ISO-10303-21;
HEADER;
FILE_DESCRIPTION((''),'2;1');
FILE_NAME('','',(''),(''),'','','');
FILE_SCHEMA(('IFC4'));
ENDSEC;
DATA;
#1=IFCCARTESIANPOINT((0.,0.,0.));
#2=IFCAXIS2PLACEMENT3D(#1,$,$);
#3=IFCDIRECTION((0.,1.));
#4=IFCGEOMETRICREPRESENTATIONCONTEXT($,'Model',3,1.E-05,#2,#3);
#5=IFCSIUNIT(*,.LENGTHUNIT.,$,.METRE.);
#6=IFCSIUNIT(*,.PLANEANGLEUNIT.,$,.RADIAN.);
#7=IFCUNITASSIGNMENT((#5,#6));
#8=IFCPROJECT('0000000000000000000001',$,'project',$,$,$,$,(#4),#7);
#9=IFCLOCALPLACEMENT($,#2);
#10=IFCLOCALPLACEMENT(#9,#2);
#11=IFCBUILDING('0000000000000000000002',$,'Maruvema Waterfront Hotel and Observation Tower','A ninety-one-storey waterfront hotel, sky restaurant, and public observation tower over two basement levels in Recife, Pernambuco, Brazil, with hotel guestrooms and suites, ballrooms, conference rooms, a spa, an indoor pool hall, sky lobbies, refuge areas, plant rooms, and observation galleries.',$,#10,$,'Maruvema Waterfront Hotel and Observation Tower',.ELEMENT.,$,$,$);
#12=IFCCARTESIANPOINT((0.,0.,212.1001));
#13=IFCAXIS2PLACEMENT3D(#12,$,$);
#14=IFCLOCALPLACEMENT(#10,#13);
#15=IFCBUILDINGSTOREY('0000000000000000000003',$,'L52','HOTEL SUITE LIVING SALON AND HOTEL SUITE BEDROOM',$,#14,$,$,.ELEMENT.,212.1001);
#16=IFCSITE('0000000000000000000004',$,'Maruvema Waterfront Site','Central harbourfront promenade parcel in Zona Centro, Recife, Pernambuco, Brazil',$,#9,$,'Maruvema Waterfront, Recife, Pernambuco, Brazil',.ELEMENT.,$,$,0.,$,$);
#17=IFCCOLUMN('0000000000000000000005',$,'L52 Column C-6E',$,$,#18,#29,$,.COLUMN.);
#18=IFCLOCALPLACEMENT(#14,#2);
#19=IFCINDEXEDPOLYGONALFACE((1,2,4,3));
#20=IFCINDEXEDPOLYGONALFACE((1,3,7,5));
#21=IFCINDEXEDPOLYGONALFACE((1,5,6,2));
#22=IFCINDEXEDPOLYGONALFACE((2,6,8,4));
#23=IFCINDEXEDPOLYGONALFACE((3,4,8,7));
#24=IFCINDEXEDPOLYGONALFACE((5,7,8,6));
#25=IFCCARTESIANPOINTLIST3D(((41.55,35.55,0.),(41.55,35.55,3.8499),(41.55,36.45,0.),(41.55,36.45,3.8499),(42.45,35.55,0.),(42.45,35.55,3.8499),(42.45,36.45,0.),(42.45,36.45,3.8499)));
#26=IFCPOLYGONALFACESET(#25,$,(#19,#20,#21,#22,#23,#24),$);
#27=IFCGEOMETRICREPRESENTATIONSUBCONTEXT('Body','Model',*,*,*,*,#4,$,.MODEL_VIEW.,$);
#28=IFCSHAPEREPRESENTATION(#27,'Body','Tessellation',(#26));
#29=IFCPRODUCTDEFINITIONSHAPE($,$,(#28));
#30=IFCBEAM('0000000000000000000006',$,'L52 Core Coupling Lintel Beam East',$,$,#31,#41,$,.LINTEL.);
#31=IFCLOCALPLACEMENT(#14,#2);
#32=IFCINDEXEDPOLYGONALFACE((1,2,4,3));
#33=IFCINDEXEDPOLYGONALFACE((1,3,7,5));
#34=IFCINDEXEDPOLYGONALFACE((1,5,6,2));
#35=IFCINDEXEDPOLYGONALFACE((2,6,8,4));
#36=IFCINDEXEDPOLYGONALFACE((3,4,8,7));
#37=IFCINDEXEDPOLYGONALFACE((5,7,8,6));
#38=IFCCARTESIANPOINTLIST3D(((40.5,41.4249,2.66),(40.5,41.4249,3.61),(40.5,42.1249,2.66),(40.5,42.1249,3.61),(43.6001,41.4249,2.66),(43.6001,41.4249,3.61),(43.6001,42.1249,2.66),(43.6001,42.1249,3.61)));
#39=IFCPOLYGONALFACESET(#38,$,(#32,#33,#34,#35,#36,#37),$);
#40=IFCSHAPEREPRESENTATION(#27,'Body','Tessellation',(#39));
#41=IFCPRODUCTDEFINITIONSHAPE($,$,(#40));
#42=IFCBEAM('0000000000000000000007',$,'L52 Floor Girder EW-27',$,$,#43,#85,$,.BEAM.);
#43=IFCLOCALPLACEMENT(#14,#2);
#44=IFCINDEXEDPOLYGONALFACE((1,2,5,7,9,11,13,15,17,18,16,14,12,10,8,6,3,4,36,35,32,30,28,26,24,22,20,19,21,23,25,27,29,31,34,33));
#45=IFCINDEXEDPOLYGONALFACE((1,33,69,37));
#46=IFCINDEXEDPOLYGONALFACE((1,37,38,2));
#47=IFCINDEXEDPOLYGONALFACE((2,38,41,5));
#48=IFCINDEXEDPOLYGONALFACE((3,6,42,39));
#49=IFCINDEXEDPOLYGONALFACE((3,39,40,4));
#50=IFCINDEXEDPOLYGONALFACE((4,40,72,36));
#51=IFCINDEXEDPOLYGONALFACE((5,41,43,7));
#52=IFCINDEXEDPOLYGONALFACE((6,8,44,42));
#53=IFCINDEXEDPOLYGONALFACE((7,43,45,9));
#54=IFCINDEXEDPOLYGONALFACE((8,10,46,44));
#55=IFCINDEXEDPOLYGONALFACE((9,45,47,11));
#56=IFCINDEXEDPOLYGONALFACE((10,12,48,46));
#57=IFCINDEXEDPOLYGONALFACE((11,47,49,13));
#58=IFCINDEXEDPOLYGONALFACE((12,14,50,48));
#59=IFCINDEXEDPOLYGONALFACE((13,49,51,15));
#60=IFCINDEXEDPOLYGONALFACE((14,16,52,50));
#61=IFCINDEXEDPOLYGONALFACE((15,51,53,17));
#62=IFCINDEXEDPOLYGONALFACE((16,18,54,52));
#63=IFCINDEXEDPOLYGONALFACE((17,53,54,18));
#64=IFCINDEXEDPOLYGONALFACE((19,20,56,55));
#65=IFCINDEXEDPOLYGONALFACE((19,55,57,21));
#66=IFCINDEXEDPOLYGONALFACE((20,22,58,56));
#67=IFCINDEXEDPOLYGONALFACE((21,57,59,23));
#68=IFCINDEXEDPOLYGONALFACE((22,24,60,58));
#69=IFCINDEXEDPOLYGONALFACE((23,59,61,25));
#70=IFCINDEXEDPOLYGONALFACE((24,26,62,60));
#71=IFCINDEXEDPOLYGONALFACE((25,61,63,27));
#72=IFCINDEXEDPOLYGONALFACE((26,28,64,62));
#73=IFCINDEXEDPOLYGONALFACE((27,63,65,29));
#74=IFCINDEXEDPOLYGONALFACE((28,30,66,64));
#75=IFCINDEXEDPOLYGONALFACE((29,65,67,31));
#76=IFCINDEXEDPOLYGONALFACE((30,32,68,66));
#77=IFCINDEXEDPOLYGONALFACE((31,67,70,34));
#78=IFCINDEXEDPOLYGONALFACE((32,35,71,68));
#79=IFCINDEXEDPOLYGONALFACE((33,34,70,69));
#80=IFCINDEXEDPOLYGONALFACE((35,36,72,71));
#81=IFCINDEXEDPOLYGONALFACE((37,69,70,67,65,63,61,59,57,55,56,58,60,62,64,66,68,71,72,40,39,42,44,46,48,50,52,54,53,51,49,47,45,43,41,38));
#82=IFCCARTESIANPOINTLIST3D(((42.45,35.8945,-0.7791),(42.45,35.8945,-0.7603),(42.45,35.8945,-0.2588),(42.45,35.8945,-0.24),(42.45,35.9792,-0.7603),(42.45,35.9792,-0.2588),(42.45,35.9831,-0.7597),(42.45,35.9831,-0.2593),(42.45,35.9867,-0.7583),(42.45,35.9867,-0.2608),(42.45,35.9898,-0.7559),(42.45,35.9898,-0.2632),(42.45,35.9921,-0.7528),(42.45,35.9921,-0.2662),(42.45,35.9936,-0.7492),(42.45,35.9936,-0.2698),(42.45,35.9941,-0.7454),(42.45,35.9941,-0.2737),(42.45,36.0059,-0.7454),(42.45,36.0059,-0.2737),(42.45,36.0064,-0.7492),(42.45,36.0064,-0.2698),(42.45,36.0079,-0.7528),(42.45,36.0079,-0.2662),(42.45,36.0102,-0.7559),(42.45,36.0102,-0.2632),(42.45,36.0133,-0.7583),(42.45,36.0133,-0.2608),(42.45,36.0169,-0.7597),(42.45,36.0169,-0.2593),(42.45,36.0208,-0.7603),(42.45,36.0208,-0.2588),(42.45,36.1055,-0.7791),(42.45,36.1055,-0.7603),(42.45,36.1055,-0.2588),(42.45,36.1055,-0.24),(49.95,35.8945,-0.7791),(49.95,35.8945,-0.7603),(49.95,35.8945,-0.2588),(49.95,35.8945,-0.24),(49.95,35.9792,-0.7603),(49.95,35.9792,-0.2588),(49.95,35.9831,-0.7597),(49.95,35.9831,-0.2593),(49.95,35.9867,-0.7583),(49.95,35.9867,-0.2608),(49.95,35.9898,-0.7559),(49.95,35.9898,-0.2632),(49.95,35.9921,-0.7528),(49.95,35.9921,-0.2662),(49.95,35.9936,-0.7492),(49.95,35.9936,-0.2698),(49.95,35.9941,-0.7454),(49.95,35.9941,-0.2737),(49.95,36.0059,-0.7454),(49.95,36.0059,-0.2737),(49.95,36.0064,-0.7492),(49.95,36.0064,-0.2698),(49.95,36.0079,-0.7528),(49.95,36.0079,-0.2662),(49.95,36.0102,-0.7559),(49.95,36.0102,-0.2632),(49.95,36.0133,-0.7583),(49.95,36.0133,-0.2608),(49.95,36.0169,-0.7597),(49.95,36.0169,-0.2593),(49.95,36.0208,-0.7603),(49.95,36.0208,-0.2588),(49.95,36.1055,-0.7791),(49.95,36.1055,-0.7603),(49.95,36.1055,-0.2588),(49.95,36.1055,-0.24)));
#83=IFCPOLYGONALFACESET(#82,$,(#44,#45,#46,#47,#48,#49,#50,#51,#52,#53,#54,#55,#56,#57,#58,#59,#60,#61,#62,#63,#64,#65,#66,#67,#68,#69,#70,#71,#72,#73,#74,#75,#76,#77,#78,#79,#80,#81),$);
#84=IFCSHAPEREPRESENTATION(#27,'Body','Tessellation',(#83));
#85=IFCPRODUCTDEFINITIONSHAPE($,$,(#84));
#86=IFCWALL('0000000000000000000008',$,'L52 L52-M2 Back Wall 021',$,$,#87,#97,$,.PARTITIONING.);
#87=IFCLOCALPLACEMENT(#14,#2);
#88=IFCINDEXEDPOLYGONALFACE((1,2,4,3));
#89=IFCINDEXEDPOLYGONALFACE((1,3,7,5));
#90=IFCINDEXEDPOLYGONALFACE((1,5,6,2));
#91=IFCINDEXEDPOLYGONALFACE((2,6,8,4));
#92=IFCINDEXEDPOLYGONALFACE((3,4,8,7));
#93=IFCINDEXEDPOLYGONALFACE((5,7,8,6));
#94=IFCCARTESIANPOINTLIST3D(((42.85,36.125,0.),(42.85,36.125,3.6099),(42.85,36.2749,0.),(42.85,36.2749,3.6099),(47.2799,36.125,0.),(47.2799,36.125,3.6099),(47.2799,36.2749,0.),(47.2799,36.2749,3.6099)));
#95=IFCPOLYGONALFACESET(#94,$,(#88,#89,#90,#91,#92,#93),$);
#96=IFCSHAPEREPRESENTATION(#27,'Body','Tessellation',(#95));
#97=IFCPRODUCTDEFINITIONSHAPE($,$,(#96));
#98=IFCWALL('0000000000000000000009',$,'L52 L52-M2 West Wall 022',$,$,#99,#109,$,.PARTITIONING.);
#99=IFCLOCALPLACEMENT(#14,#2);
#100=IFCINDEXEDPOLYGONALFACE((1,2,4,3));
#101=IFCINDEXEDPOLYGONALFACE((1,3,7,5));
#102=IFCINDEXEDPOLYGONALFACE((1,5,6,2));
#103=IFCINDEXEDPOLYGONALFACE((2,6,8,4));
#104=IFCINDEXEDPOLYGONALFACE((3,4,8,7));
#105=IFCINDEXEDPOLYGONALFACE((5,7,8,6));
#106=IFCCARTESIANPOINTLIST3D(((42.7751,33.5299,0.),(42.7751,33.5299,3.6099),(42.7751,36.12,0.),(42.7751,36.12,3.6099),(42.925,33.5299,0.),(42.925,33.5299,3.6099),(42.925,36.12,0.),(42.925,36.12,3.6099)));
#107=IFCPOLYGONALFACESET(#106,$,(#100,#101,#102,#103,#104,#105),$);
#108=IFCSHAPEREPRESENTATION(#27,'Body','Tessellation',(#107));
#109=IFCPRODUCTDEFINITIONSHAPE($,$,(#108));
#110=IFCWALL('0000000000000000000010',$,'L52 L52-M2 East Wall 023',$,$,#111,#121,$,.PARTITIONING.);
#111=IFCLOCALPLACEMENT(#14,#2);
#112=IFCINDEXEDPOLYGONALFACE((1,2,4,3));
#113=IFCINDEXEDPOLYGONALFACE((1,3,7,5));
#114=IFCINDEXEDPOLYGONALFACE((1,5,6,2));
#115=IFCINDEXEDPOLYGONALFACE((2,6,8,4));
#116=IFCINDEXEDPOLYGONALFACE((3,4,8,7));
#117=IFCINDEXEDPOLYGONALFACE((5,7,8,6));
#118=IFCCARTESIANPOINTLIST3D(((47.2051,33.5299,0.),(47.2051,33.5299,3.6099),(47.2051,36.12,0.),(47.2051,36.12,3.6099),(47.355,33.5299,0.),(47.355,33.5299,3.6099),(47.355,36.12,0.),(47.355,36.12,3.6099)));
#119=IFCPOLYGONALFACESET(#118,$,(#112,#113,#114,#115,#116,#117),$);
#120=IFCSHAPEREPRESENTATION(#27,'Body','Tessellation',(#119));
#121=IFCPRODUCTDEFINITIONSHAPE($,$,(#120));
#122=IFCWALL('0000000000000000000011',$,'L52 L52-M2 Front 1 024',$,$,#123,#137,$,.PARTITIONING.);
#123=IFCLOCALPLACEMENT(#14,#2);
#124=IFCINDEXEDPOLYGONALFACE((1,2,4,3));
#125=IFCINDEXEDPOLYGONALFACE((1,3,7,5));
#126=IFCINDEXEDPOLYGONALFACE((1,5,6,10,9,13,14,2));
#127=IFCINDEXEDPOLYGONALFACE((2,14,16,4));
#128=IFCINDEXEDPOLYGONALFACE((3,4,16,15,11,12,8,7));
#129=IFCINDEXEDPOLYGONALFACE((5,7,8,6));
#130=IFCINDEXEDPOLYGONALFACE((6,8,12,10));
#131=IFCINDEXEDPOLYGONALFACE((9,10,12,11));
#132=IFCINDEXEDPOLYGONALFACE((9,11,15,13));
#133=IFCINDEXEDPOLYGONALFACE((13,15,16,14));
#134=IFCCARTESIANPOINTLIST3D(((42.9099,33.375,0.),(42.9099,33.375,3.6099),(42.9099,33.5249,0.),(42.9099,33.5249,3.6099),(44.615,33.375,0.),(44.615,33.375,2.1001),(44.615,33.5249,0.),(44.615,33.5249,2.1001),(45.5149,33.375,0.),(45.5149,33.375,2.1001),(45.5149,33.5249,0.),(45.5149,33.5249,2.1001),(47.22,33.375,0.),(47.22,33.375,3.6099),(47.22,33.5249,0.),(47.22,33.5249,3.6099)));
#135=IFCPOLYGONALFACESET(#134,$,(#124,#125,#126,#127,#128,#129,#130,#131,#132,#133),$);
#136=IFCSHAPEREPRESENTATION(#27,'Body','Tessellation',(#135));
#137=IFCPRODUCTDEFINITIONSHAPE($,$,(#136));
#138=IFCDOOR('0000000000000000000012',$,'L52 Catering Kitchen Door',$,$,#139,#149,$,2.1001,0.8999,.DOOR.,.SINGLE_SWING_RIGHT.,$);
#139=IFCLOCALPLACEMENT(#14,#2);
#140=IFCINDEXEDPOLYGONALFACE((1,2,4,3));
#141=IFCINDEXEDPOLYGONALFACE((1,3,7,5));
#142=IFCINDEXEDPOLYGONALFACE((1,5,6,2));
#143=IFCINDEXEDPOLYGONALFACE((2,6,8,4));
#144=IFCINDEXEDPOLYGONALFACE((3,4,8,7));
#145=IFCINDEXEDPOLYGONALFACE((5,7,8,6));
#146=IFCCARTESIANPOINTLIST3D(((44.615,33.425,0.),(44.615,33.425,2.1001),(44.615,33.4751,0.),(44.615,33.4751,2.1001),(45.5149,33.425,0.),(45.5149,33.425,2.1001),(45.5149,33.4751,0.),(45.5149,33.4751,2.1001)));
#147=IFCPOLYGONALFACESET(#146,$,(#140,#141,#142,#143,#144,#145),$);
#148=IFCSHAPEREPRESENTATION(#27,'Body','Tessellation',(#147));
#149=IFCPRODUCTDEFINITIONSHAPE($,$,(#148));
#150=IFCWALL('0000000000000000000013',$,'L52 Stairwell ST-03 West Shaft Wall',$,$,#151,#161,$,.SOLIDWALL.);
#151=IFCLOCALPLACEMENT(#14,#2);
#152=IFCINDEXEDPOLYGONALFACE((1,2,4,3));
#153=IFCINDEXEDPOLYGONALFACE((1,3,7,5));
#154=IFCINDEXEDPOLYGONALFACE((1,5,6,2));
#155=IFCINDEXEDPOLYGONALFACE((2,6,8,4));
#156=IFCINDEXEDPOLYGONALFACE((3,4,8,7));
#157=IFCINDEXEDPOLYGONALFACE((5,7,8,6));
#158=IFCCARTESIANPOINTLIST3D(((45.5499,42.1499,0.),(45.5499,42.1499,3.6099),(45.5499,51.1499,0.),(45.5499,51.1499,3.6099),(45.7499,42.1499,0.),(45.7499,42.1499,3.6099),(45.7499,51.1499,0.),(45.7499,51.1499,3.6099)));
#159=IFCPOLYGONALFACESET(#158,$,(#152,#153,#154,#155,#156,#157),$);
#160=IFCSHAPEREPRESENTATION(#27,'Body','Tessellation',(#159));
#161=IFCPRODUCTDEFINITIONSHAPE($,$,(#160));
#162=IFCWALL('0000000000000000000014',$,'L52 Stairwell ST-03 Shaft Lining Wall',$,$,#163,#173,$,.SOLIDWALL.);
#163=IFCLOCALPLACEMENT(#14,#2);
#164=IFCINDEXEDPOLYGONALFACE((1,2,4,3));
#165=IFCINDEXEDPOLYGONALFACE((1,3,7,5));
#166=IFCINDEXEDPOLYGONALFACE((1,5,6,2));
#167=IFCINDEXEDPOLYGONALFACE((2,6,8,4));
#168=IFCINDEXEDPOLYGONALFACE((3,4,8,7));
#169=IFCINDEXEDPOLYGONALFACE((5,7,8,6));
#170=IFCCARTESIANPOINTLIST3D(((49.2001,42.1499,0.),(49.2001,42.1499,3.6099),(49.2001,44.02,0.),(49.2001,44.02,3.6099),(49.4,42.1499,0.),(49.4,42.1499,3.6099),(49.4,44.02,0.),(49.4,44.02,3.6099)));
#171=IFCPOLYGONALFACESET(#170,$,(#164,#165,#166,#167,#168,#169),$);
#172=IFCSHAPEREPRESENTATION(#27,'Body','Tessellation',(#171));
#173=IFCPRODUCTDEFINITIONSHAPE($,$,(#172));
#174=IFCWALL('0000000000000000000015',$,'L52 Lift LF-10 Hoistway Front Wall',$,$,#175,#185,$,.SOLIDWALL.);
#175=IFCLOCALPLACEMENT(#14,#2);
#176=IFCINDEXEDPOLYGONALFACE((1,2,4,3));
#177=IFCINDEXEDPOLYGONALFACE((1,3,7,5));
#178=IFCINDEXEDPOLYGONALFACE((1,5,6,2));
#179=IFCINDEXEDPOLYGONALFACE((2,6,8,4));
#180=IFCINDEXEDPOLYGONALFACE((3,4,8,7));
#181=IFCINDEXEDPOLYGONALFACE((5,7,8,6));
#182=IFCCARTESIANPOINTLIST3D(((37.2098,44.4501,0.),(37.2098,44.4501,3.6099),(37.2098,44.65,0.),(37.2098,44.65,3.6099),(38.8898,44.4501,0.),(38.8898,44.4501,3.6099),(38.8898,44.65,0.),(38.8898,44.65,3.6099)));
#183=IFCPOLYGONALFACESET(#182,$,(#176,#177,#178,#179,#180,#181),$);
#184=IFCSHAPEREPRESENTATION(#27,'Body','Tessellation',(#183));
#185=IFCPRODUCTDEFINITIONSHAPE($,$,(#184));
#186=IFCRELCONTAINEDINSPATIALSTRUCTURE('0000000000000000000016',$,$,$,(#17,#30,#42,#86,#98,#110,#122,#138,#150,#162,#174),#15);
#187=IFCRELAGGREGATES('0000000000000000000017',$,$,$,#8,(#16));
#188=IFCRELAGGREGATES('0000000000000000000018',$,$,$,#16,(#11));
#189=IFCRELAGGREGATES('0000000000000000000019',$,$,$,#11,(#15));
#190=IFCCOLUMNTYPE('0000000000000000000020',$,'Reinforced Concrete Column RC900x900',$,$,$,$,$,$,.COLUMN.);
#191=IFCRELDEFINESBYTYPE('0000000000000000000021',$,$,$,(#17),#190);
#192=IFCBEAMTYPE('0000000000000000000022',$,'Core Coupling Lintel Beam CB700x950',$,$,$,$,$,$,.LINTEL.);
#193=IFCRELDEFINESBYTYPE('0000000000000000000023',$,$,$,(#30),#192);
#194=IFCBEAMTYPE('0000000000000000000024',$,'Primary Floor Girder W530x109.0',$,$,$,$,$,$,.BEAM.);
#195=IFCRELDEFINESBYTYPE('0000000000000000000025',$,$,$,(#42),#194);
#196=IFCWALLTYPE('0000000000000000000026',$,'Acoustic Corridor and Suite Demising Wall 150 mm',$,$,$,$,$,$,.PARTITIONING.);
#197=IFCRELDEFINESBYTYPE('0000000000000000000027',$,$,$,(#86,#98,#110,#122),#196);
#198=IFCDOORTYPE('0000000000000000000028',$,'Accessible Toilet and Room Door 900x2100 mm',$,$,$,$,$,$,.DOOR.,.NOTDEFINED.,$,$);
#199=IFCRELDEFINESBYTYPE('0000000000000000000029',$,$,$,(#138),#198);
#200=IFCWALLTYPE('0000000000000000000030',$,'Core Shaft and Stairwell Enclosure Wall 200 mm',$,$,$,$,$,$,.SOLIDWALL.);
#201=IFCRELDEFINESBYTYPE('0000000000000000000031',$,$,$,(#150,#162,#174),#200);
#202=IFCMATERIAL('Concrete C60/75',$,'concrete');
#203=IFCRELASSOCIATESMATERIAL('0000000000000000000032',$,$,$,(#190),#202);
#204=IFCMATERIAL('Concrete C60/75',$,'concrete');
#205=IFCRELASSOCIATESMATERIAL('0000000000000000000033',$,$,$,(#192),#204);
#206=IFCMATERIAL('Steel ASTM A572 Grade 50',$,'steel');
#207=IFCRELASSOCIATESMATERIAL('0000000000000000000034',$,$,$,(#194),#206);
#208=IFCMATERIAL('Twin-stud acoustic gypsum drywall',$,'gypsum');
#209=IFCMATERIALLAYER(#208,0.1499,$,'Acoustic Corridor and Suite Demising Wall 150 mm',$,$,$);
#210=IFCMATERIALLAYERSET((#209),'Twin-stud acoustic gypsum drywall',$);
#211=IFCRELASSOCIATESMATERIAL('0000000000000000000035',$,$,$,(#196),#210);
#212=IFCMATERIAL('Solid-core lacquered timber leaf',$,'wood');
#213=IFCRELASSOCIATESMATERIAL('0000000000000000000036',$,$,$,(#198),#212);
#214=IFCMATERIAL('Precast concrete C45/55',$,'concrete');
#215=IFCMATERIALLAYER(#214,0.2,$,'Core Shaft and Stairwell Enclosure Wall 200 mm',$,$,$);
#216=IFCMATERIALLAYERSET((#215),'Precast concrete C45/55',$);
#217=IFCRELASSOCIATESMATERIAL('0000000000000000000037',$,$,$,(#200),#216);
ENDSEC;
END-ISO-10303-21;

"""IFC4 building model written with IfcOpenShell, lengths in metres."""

from ifc_helpers import new_model, si_unit, direction, frame, frame_2d, origin, origin_2d, place, context, subcontext, project, spatial, rectangle, i_section, extrude, material, layer, layer_set, material_profile, profile_set, type_object, element, fill, save


model = new_model("IFC4")

# Units and contexts
model_context = context("Model", 3, precision=1e-05, world=origin(), true_north=direction((0.0, 1.0)))
body_context = subcontext(model_context, "Body", "Model", "MODEL_VIEW")
ifc_project = project(units=[si_unit("LENGTHUNIT", "METRE"), si_unit("PLANEANGLEUNIT", "RADIAN")], contexts=[model_context])

# Site, building, storey
site_placement = place(None, origin())
site = spatial("IfcSite", under=ifc_project, at=site_placement, Name="Maruvema Waterfront Site", Description="Central harbourfront promenade parcel in Zona Centro, Recife, Pernambuco, Brazil", LongName="Maruvema Waterfront, Recife, Pernambuco, Brazil", CompositionType="ELEMENT", RefElevation=0.0)
building_placement = place(site_placement, origin())
building = spatial("IfcBuilding", under=site, at=building_placement, Name="Maruvema Waterfront Hotel and Observation Tower", Description="A ninety-one-storey waterfront hotel, sky restaurant, and public observation tower over two basement levels in Recife, Pernambuco, Brazil, with hotel guestrooms and suites, ballrooms, conference rooms, a spa, an indoor pool hall, sky lobbies, refuge areas, plant rooms, and observation galleries.", LongName="Maruvema Waterfront Hotel and Observation Tower", CompositionType="ELEMENT")
storey_placement = place(building_placement, frame((0.0, 0.0, 212.1001)))
storey = spatial("IfcBuildingStorey", under=building, at=storey_placement, Name="L52", Description="HOTEL SUITE LIVING SALON AND HOTEL SUITE BEDROOM", CompositionType="ELEMENT", Elevation=212.1001)

# Column
ifc_material_1 = material(Name="Concrete C60/75", Category="concrete")
ifc_material_profile_1 = material_profile(ifc_material_1, rectangle(XDim=0.8999, YDim=0.8999, at=origin_2d()), Name="RC900x900")
ifc_profile_set_1 = profile_set([ifc_material_profile_1], Name="Concrete C60/75")
column_type = type_object("IfcColumnType", Name="Reinforced Concrete Column RC900x900", PredefinedType="COLUMN", material=ifc_profile_set_1)
column_placement = place(storey_placement, frame((42.0, 36.0, 0.0), z_axis=(0.0, 0.0, 1.0), x_axis=(1.0, 0.0, 0.0)))
element("IfcColumn", 1, at=column_placement, inside=storey, type_object=column_type, Name="L52 Column C-6E", PredefinedType="COLUMN", context=body_context, shape_type="SweptSolid", body=[
    extrude(rectangle(XDim=0.8999, YDim=0.8999, at=origin_2d()), origin(), (0.0, 0.0, 1.0), 3.8499),
])

# Beams
ifc_material_2 = material(Name="Concrete C60/75", Category="concrete")
ifc_material_profile_2 = material_profile(ifc_material_2, rectangle(XDim=0.7, YDim=0.95, at=origin_2d()), Name="CB700x950")
ifc_profile_set_2 = profile_set([ifc_material_profile_2], Name="Concrete C60/75")
beam_type_1 = type_object("IfcBeamType", Name="Core Coupling Lintel Beam CB700x950", PredefinedType="LINTEL", material=ifc_profile_set_2)
beam_1_placement = place(storey_placement, frame((40.5, 41.7749, 3.135), z_axis=(1.0, 0.0, 0.0), x_axis=(0.0, 1.0, 0.0)))
element("IfcBeam", 2, at=beam_1_placement, inside=storey, type_object=beam_type_1, Name="L52 Core Coupling Lintel Beam East", PredefinedType="LINTEL", context=body_context, shape_type="SweptSolid", body=[
    extrude(rectangle(XDim=0.7, YDim=0.95, at=origin_2d()), origin(), (0.0, 0.0, 1.0), 3.1001),
])
ifc_material_3 = material(Name="Steel ASTM A572 Grade 50", Category="steel")
ifc_material_profile_3 = material_profile(ifc_material_3, i_section(OverallWidth=0.2109, OverallDepth=0.5391, WebThickness=0.0117, FlangeThickness=0.0188, FilletRadius=0.0149, at=origin_2d()), Name="W530x109.0")
ifc_profile_set_3 = profile_set([ifc_material_profile_3], Name="Steel ASTM A572 Grade 50")
beam_type_2 = type_object("IfcBeamType", Name="Primary Floor Girder W530x109.0", PredefinedType="BEAM", material=ifc_profile_set_3)
beam_2_placement = place(storey_placement, frame((42.45, 36.0, -0.5095), z_axis=(1.0, 0.0, 0.0), x_axis=(0.0, 1.0, 0.0)))
element("IfcBeam", 3, at=beam_2_placement, inside=storey, type_object=beam_type_2, Name="L52 Floor Girder EW-27", PredefinedType="BEAM", context=body_context, shape_type="SweptSolid", body=[
    extrude(i_section(OverallWidth=0.2109, OverallDepth=0.5391, WebThickness=0.0117, FlangeThickness=0.0188, FilletRadius=0.0149, at=origin_2d()), origin(), (0.0, 0.0, 1.0), 7.5),
])

# Walls
ifc_material_4 = material(Name="Twin-stud acoustic gypsum drywall", Category="gypsum")
ifc_layer_1 = layer(ifc_material_4, 0.1499, Name="Acoustic Corridor and Suite Demising Wall 150 mm")
ifc_layer_set_1 = layer_set([ifc_layer_1], Name="Twin-stud acoustic gypsum drywall")
wall_type_1 = type_object("IfcWallType", Name="Acoustic Corridor and Suite Demising Wall 150 mm", PredefinedType="PARTITIONING", material=ifc_layer_set_1)
wall_1_placement = place(storey_placement, frame((42.8501, 36.2, 0.0), z_axis=(0.0, 0.0, 1.0), x_axis=(1.0, 0.0, 0.0)))
element("IfcWall", 4, at=wall_1_placement, inside=storey, type_object=wall_type_1, Name="L52 L52-M2 Back Wall 021", PredefinedType="PARTITIONING", context=body_context, shape_type="SweptSolid", body=[
    extrude(rectangle(XDim=4.4299, YDim=0.1499, at=frame_2d((2.2148, 0.0))), origin(), (0.0, 0.0, 1.0), 3.6099),
])
for number, where, z_axis, x_axis, name in (
    (5, (42.8501, 33.53, 0.0), (0.0, 0.0, 1.0), (0.0, 1.0, 0.0), "L52 L52-M2 West Wall 022"),
    (6, (47.28, 33.53, 0.0), (0.0, 0.0, 1.0), (0.0, 1.0, 0.0), "L52 L52-M2 East Wall 023"),
):
    element("IfcWall", number, at=place(storey_placement, frame(where, z_axis=z_axis, x_axis=x_axis)), inside=storey, type_object=wall_type_1, Name=name, PredefinedType="PARTITIONING", context=body_context, shape_type="SweptSolid", body=[
        extrude(rectangle(XDim=2.5901, YDim=0.1499, at=frame_2d((1.2949, 0.0))), origin(), (0.0, 0.0, 1.0), 3.6099),
    ])

# Wall, opening, door
wall_2_placement = place(storey_placement, frame((42.9099, 33.45, 0.0), z_axis=(0.0, 0.0, 1.0), x_axis=(1.0, 0.0, 0.0)))
wall_2 = element("IfcWall", 7, at=wall_2_placement, inside=storey, type_object=wall_type_1, Name="L52 L52-M2 Front 1 024", PredefinedType="PARTITIONING", context=body_context, shape_type="SweptSolid", body=[
    extrude(rectangle(XDim=4.3101, YDim=0.1499, at=frame_2d((2.155, 0.0))), origin(), (0.0, 0.0, 1.0), 3.6099),
])
opening_1_placement = place(wall_2_placement, frame((1.7051, 0.0, 0.0)))
opening_1 = element("IfcOpeningElement", 8, at=opening_1_placement, cuts=wall_2, PredefinedType="OPENING", context=body_context, shape_type="SweptSolid", body=[
    extrude(rectangle(XDim=0.8999, YDim=2.1001, at=frame_2d((0.45, 1.05))), frame((0.0, 0.085, 0.0), z_axis=(0.0, -1.0, 0.0), x_axis=(1.0, 0.0, 0.0)), (0.0, 0.0, 1.0), 0.1699),
])
ifc_material_5 = material(Name="Solid-core lacquered timber leaf", Category="wood")
door_type_1 = type_object("IfcDoorType", Name="Accessible Toilet and Room Door 900x2100 mm", OperationType="NOTDEFINED", PredefinedType="DOOR", material=ifc_material_5)
door_1_placement = place(opening_1_placement, frame((0.8999, 0.0, 0.0), z_axis=(0.0, 0.0, 1.0), x_axis=(-1.0, 0.0, 0.0)))
door_1 = element("IfcDoor", 9, at=door_1_placement, inside=storey, type_object=door_type_1, Name="L52 Catering Kitchen Door", OperationType="SINGLE_SWING_RIGHT", OverallHeight=2.1001, OverallWidth=0.8999, PredefinedType="DOOR", context=body_context, shape_type="SweptSolid", body=[
    extrude(rectangle(XDim=0.8999, YDim=2.1001, at=frame_2d((0.45, 1.05))), frame((0.0, 0.0249, 0.0), z_axis=(0.0, -1.0, 0.0), x_axis=(1.0, 0.0, 0.0)), (0.0, 0.0, 1.0), 0.05),
])
fill(opening_1, door_1)

# Walls
ifc_material_6 = material(Name="Precast concrete C45/55", Category="concrete")
ifc_layer_2 = layer(ifc_material_6, 0.2, Name="Core Shaft and Stairwell Enclosure Wall 200 mm")
ifc_layer_set_2 = layer_set([ifc_layer_2], Name="Precast concrete C45/55")
wall_type_2 = type_object("IfcWallType", Name="Core Shaft and Stairwell Enclosure Wall 200 mm", PredefinedType="SOLIDWALL", material=ifc_layer_set_2)
wall_3_placement = place(storey_placement, frame((45.6499, 42.1499, 0.0), z_axis=(0.0, 0.0, 1.0), x_axis=(0.0, 1.0, 0.0)))
element("IfcWall", 10, at=wall_3_placement, inside=storey, type_object=wall_type_2, Name="L52 Stairwell ST-03 West Shaft Wall", PredefinedType="SOLIDWALL", context=body_context, shape_type="SweptSolid", body=[
    extrude(rectangle(XDim=9.0, YDim=0.2, at=frame_2d((4.5, 0.0))), origin(), (0.0, 0.0, 1.0), 3.6099),
])
wall_4_placement = place(storey_placement, frame((49.3, 42.1499, 0.0), z_axis=(0.0, 0.0, 1.0), x_axis=(0.0, 1.0, 0.0)))
element("IfcWall", 11, at=wall_4_placement, inside=storey, type_object=wall_type_2, Name="L52 Stairwell ST-03 Shaft Lining Wall", PredefinedType="SOLIDWALL", context=body_context, shape_type="SweptSolid", body=[
    extrude(rectangle(XDim=1.8701, YDim=0.2, at=frame_2d((0.9351, 0.0))), origin(), (0.0, 0.0, 1.0), 3.6099),
])
wall_5_placement = place(storey_placement, frame((37.21, 44.55, 0.0), z_axis=(0.0, 0.0, 1.0), x_axis=(1.0, 0.0, 0.0)))
element("IfcWall", 12, at=wall_5_placement, inside=storey, type_object=wall_type_2, Name="L52 Lift LF-10 Hoistway Front Wall", PredefinedType="SOLIDWALL", context=body_context, shape_type="SweptSolid", body=[
    extrude(rectangle(XDim=1.6799, YDim=0.2, at=frame_2d((0.8398, 0.0))), origin(), (0.0, 0.0, 1.0), 3.6099),
])

save(model, "model.ifc")
